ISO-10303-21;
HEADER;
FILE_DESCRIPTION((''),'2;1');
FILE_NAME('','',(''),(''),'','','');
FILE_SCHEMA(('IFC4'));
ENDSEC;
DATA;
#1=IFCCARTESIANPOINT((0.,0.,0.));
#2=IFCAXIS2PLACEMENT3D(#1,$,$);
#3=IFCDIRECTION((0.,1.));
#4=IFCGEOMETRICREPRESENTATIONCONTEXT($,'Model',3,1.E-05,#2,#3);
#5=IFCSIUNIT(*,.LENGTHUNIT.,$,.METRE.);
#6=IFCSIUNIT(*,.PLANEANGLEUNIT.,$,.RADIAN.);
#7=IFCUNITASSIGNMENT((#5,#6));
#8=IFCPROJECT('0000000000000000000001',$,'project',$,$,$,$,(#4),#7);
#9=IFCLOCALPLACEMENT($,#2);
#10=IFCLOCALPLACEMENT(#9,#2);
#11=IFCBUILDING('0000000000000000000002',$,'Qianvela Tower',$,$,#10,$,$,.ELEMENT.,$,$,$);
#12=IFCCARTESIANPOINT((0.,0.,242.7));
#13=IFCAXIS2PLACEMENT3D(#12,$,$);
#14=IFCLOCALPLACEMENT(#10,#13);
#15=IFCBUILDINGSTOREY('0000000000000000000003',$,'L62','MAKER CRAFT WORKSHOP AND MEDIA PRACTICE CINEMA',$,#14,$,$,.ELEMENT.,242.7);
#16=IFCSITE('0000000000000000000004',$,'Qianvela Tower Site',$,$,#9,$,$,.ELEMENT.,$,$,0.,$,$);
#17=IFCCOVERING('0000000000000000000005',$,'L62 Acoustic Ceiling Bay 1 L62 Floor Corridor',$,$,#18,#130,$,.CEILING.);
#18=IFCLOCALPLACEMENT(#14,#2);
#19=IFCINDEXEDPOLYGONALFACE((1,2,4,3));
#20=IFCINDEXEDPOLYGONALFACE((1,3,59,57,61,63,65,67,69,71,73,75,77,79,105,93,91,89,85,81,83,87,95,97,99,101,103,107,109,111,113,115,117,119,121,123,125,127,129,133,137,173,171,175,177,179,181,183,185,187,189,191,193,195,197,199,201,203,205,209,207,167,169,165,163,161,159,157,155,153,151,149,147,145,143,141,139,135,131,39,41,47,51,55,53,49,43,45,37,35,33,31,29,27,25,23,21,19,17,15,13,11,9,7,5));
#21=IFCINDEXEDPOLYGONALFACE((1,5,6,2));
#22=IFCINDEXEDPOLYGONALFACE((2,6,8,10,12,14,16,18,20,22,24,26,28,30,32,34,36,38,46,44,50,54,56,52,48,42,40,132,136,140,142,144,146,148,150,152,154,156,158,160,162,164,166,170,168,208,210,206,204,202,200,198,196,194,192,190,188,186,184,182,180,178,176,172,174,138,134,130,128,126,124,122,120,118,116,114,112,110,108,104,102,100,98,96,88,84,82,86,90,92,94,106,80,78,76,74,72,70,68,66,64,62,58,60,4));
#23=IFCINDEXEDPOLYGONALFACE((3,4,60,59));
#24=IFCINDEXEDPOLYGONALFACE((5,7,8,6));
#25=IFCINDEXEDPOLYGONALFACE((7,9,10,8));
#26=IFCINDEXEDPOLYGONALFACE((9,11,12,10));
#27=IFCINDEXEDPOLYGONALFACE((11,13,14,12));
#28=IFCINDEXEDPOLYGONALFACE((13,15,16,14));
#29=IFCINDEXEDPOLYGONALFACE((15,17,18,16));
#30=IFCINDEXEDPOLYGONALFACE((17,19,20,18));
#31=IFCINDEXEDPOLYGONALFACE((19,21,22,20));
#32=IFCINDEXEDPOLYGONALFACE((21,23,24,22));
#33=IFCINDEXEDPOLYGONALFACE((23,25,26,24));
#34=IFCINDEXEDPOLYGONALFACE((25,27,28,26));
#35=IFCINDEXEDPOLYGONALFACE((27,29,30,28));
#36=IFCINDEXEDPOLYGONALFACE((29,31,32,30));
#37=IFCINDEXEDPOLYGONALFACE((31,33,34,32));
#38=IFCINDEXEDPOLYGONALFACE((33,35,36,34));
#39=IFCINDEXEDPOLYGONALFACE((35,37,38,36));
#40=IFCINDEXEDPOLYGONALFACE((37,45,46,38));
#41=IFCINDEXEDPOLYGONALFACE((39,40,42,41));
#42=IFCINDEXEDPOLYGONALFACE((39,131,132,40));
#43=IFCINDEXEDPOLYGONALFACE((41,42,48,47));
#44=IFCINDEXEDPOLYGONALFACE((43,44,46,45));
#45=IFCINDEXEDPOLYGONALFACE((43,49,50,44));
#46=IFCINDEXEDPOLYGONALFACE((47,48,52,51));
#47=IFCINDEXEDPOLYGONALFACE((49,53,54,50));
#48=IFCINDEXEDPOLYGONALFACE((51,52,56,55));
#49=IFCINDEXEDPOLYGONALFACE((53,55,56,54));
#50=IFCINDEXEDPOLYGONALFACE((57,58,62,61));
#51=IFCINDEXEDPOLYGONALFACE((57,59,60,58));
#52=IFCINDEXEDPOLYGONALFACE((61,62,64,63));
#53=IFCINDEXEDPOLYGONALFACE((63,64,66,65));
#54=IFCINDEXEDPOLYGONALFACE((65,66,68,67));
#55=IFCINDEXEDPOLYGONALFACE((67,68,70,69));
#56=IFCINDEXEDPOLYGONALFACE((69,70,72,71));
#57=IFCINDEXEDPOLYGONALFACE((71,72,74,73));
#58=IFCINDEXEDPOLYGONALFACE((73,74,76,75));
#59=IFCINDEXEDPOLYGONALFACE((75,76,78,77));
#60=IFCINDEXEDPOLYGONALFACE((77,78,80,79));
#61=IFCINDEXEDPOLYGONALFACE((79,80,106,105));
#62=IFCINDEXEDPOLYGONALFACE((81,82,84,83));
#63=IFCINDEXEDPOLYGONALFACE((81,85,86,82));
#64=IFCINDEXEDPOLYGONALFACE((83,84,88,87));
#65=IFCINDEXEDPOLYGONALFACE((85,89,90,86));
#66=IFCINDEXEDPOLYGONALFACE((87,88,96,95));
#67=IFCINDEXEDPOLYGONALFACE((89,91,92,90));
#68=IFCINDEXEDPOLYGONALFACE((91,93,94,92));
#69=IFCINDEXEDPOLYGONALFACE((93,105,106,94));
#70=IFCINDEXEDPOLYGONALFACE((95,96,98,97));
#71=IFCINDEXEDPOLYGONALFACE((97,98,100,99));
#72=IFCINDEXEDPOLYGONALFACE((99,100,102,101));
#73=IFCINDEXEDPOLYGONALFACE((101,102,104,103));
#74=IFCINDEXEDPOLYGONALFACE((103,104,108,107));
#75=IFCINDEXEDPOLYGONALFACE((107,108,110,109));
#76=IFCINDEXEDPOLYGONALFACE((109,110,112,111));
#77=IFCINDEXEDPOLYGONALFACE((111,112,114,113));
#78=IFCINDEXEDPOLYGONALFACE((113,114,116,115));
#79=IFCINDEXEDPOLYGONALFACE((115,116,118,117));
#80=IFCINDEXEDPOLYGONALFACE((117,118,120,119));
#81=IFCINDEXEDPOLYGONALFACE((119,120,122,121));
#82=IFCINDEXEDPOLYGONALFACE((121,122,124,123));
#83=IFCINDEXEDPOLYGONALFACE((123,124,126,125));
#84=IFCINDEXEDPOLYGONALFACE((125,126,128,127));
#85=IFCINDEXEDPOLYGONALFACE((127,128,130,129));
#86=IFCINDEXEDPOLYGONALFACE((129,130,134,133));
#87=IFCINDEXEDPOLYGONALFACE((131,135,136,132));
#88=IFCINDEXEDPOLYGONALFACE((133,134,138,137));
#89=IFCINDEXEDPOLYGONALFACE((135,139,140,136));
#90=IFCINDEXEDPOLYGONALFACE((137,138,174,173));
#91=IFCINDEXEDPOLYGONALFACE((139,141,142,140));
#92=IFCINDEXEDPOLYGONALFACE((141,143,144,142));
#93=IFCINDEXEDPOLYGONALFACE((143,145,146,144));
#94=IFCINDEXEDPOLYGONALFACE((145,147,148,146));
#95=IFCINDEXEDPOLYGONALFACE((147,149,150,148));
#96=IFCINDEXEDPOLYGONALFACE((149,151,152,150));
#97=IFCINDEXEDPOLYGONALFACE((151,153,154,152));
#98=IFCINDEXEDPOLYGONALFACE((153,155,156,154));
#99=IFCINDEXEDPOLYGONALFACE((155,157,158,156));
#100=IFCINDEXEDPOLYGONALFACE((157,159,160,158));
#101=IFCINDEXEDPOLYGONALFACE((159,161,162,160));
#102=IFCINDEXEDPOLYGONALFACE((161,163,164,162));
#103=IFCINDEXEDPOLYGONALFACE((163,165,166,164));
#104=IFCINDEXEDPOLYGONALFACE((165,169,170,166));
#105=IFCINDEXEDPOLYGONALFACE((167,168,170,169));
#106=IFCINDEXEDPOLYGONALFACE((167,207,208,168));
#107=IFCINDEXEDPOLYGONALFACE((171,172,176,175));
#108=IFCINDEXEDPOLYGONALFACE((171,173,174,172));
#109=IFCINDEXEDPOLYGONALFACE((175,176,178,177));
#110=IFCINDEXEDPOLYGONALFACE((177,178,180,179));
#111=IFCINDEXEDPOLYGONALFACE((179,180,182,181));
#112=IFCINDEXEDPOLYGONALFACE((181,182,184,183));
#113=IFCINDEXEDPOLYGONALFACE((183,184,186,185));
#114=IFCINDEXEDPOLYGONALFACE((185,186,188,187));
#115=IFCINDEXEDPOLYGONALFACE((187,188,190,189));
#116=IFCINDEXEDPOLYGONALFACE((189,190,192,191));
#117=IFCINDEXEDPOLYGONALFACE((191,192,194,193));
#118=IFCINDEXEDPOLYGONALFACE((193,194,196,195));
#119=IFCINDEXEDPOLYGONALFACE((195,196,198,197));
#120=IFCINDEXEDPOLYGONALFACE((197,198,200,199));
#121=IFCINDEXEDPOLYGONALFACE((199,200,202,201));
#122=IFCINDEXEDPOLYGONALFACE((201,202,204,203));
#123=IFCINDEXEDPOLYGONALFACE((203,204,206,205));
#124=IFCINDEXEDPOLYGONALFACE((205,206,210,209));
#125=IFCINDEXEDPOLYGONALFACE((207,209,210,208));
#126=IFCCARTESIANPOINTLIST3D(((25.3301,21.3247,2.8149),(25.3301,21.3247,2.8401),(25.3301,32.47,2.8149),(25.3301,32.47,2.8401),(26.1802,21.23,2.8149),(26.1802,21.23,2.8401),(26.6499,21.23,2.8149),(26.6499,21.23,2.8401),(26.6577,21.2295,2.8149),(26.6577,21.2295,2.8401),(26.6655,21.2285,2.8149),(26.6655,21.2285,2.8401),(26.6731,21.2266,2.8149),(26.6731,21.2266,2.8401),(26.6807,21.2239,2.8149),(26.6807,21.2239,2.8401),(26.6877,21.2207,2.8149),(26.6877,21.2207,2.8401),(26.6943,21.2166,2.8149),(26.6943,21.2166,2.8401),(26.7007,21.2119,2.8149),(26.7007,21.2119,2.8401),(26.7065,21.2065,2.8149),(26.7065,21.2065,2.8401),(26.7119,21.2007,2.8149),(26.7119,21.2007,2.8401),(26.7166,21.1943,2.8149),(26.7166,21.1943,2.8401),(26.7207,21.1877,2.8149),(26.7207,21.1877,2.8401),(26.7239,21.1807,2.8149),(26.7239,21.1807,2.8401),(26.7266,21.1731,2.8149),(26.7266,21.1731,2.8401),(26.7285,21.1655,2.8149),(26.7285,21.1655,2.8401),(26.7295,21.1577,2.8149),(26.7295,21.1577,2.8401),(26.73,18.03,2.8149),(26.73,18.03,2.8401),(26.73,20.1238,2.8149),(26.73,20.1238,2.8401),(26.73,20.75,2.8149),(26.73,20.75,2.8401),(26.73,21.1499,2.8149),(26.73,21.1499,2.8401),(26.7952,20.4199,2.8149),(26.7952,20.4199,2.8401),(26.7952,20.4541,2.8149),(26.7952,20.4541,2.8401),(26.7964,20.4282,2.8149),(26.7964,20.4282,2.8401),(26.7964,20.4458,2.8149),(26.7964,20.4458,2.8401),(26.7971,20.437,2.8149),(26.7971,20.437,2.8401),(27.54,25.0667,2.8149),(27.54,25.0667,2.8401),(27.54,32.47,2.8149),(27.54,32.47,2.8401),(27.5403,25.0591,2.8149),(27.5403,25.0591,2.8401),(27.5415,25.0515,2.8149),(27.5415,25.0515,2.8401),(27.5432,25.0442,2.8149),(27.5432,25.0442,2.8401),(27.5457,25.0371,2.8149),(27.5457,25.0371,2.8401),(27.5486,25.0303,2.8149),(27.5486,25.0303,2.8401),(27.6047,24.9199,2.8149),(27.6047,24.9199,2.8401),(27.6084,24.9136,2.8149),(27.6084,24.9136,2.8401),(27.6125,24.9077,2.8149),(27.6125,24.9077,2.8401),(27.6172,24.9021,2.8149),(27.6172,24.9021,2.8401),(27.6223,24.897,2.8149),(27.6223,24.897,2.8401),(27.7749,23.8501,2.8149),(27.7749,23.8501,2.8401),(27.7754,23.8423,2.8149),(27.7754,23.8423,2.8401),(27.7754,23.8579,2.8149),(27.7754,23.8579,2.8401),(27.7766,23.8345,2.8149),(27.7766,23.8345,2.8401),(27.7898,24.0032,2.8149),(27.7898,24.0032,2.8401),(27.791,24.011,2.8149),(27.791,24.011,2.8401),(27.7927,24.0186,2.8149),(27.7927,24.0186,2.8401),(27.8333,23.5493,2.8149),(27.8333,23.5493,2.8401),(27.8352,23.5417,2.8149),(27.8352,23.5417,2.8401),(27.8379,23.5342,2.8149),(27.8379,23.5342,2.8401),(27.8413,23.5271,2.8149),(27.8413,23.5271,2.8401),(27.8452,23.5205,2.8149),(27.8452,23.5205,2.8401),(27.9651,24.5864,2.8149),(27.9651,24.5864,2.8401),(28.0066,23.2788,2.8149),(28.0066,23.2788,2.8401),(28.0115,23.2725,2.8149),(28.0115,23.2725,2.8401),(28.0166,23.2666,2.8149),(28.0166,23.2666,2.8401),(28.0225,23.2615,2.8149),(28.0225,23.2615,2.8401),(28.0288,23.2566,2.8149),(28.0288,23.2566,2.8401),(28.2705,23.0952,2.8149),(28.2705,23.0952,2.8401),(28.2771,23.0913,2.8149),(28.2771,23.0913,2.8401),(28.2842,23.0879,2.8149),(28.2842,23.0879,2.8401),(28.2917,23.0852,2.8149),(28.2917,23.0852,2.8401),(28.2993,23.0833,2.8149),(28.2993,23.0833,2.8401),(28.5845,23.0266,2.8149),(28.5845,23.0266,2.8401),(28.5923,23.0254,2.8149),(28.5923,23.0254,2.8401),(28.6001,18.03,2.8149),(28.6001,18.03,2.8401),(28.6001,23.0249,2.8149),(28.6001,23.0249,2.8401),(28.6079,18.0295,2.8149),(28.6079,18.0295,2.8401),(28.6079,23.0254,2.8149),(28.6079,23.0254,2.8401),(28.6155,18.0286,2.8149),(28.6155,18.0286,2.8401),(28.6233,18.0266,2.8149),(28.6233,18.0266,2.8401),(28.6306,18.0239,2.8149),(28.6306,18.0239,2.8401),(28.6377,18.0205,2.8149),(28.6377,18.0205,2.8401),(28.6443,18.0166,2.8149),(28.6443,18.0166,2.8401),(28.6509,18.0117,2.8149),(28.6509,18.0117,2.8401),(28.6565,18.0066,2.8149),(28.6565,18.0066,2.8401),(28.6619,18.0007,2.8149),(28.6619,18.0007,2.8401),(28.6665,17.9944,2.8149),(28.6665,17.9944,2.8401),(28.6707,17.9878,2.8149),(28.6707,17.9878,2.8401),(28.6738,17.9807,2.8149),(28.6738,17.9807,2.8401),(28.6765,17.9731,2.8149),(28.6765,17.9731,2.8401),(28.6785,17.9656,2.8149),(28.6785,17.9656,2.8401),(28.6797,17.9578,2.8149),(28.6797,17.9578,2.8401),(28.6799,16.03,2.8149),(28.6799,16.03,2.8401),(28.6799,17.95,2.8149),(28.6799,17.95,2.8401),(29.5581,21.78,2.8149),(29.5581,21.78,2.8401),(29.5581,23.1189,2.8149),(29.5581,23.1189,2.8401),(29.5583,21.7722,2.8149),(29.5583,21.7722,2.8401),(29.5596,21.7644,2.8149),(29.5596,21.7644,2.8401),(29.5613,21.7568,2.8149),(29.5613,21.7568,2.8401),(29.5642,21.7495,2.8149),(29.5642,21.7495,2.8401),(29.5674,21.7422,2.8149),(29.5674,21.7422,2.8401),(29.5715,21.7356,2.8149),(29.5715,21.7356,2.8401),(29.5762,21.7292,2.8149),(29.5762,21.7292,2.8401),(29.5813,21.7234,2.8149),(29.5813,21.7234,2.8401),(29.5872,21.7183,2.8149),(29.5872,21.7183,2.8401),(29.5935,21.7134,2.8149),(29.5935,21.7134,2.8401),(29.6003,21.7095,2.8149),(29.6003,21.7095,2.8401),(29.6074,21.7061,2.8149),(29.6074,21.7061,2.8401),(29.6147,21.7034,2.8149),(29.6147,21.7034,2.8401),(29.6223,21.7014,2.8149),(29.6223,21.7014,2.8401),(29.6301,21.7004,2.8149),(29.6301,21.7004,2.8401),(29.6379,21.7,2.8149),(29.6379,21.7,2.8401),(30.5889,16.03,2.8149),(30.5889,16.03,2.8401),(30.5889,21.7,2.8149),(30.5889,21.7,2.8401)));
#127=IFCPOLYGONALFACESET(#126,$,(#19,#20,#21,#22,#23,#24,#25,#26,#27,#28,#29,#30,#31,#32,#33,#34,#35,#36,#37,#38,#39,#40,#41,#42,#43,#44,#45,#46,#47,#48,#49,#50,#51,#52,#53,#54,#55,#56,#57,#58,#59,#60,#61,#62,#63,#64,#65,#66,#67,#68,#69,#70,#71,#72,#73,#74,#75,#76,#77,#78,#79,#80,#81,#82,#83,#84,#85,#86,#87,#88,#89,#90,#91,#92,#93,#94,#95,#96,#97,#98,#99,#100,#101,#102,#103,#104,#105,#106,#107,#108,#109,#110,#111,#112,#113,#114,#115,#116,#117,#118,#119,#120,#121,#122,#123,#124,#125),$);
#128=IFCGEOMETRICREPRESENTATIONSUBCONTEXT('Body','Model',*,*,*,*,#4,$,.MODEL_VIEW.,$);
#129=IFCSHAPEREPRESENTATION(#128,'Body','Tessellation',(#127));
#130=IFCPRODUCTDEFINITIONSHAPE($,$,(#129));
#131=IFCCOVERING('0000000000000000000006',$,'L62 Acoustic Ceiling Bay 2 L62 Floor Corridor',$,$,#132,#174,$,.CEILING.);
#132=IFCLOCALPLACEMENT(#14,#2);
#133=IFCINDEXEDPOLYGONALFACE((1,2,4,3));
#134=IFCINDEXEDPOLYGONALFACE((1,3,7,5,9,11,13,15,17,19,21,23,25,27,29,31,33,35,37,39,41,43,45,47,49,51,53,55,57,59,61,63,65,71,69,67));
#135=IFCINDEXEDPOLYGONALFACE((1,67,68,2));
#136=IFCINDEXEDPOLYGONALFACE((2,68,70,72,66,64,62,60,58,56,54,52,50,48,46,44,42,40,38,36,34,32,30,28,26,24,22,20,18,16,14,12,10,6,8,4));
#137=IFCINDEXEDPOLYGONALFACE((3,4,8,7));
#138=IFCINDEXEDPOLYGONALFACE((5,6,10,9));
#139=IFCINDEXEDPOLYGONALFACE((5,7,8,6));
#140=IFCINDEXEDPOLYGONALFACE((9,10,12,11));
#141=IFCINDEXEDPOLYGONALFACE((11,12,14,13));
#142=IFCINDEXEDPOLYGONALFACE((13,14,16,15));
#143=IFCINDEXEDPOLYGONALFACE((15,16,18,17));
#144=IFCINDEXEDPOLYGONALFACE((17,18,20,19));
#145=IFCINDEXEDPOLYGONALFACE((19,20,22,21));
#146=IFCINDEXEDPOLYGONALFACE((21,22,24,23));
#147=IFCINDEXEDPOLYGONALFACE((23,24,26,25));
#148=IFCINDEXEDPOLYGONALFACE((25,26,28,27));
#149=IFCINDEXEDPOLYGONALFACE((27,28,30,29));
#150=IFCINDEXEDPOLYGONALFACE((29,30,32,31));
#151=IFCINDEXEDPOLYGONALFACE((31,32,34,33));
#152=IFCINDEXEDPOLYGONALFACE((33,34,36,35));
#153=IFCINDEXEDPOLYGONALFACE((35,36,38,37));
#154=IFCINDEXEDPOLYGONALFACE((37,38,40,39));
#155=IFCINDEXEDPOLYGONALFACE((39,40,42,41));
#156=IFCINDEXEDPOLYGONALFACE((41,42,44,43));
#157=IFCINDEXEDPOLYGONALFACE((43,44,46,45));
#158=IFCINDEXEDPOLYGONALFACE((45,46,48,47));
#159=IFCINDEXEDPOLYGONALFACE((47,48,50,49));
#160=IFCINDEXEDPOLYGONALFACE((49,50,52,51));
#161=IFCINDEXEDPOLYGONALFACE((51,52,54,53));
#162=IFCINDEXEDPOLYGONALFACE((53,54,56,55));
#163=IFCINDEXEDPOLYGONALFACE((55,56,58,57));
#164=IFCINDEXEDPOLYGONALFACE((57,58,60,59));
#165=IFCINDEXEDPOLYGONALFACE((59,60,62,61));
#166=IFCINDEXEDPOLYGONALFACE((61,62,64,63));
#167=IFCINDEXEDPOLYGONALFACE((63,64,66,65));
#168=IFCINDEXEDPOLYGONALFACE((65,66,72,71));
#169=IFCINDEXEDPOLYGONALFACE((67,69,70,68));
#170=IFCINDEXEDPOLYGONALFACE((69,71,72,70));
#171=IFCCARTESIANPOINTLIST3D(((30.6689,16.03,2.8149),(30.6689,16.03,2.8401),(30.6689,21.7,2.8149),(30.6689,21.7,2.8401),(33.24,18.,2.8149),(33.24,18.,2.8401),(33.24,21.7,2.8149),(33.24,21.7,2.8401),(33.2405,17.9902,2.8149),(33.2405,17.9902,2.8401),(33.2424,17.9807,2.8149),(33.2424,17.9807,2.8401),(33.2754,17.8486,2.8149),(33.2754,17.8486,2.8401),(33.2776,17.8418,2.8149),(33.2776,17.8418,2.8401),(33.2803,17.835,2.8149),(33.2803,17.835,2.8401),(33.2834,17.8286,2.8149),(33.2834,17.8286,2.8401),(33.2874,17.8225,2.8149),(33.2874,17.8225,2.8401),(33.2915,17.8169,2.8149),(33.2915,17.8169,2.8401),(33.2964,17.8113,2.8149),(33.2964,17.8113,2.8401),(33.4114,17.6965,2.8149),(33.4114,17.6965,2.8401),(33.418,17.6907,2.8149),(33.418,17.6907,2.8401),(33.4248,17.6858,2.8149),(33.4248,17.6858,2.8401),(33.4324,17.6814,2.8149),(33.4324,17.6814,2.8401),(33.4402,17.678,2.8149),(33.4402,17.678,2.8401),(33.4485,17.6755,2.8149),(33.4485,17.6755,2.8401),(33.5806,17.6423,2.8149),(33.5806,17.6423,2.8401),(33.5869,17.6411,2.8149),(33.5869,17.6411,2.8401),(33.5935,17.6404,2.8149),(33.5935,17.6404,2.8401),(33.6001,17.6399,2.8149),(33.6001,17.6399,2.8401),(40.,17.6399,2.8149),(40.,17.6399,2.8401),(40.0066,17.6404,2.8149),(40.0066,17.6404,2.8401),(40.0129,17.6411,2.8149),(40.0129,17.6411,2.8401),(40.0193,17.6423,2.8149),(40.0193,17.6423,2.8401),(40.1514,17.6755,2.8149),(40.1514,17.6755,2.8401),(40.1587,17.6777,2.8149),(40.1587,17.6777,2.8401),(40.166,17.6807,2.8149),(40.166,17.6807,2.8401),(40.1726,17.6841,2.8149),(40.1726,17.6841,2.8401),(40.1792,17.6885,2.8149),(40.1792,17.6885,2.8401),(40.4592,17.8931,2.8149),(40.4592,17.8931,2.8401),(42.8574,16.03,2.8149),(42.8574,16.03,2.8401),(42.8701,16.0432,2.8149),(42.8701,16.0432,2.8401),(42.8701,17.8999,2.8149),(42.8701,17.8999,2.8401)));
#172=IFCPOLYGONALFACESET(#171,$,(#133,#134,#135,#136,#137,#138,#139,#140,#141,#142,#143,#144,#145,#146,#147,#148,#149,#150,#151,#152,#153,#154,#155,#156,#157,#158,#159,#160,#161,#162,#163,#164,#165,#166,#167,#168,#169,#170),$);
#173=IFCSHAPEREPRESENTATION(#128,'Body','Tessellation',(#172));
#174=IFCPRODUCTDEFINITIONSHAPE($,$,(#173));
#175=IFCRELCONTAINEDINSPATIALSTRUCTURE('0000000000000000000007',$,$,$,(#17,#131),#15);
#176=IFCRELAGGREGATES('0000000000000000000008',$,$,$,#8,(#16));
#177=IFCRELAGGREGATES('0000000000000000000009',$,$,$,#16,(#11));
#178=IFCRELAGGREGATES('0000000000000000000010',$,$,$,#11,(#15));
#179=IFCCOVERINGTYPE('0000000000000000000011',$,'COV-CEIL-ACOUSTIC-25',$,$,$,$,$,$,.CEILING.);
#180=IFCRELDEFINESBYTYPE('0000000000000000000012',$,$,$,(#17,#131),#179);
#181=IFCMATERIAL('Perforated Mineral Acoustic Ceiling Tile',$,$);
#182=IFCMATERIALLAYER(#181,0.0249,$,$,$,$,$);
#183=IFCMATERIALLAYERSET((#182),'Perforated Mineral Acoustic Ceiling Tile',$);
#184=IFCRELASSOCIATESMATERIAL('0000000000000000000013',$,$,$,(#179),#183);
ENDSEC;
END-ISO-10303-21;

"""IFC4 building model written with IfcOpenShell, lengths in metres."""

from ifc_helpers import new_model, si_unit, direction, frame, origin, place, context, subcontext, project, spatial, polyline, outline, extrude, material, layer, layer_set, type_object, element, save


model = new_model("IFC4")

# Units and contexts
model_context = context("Model", 3, precision=1e-05, world=origin(), true_north=direction((0.0, 1.0)))
body_context = subcontext(model_context, "Body", "Model", "MODEL_VIEW")
ifc_project = project(units=[si_unit("LENGTHUNIT", "METRE"), si_unit("PLANEANGLEUNIT", "RADIAN")], contexts=[model_context])

# Site, building, storey
site_placement = place(None, origin())
site = spatial("IfcSite", under=ifc_project, at=site_placement, Name="Qianvela Tower Site", CompositionType="ELEMENT", RefElevation=0.0)
building_placement = place(site_placement, origin())
building = spatial("IfcBuilding", under=site, at=building_placement, Name="Qianvela Tower", CompositionType="ELEMENT")
storey_placement = place(building_placement, frame((0.0, 0.0, 242.7)))
storey = spatial("IfcBuildingStorey", under=building, at=storey_placement, Name="L62", Description="MAKER CRAFT WORKSHOP AND MEDIA PRACTICE CINEMA", CompositionType="ELEMENT", Elevation=242.7)

# Coverings
ifc_material_1 = material(Name="Perforated Mineral Acoustic Ceiling Tile")
ifc_layer_1 = layer(ifc_material_1, 0.0249)
ifc_layer_set_1 = layer_set([ifc_layer_1], Name="Perforated Mineral Acoustic Ceiling Tile")
covering_type_1 = type_object("IfcCoveringType", Name="COV-CEIL-ACOUSTIC-25", PredefinedType="CEILING", material=ifc_layer_set_1)
covering_1_placement = place(storey_placement, frame((0.0, 0.0, 2.8149)))
element("IfcCovering", 1, at=covering_1_placement, inside=storey, type_object=covering_type_1, Name="L62 Acoustic Ceiling Bay 1 L62 Floor Corridor", PredefinedType="CEILING", context=body_context, shape_type="SweptSolid", body=[
    extrude(outline(polyline([(27.791, 24.011), (27.7898, 24.0032), (27.7754, 23.8579), (27.7749, 23.8501), (27.7754, 23.8423), (27.7766, 23.8345), (27.8333, 23.5493), (27.8352, 23.5417), (27.8379, 23.5342), (27.8413, 23.5271), (27.8452, 23.5205), (28.0066, 23.2788), (28.0115, 23.2725), (28.0166, 23.2666), (28.0225, 23.2615), (28.0288, 23.2566), (28.2705, 23.0952), (28.2771, 23.0913), (28.2842, 23.0879), (28.2917, 23.0852), (28.2993, 23.0833), (28.5845, 23.0266), (28.5923, 23.0254), (28.6001, 23.0249), (28.6079, 23.0254), (29.5581, 23.1189), (29.5581, 21.78), (29.5583, 21.7722), (29.5596, 21.7644), (29.5613, 21.7568), (29.5642, 21.7495), (29.5674, 21.7422), (29.5715, 21.7356), (29.5762, 21.7292), (29.5813, 21.7234), (29.5872, 21.7183), (29.5935, 21.7134), (29.6003, 21.7095), (29.6074, 21.7061), (29.6147, 21.7034), (29.6223, 21.7014), (29.6301, 21.7004), (29.6379, 21.7), (30.5889, 21.7), (30.5889, 16.03), (28.6799, 16.03), (28.6799, 17.95), (28.6797, 17.9578), (28.6785, 17.9656), (28.6765, 17.9731), (28.6738, 17.9807), (28.6707, 17.9878), (28.6665, 17.9944), (28.6619, 18.0007), (28.6565, 18.0066), (28.6509, 18.0117), (28.6443, 18.0166), (28.6377, 18.0205), (28.6306, 18.0239), (28.6233, 18.0266), (28.6155, 18.0286), (28.6079, 18.0295), (28.6001, 18.03), (26.73, 18.03), (26.73, 20.1238), (26.7952, 20.4199), (26.7964, 20.4282), (26.7971, 20.437), (26.7964, 20.4458), (26.7952, 20.4541), (26.73, 20.75), (26.73, 21.1499), (26.7295, 21.1577), (26.7285, 21.1655), (26.7266, 21.1731), (26.7239, 21.1807), (26.7207, 21.1877), (26.7166, 21.1943), (26.7119, 21.2007), (26.7065, 21.2065), (26.7007, 21.2119), (26.6943, 21.2166), (26.6877, 21.2207), (26.6807, 21.2239), (26.6731, 21.2266), (26.6655, 21.2285), (26.6577, 21.2295), (26.6499, 21.23), (26.1802, 21.23), (25.3301, 21.3247), (25.3301, 32.47), (27.54, 32.47), (27.54, 25.0667), (27.5403, 25.0591), (27.5415, 25.0515), (27.5432, 25.0442), (27.5457, 25.0371), (27.5486, 25.0303), (27.6047, 24.9199), (27.6084, 24.9136), (27.6125, 24.9077), (27.6172, 24.9021), (27.6223, 24.897), (27.9651, 24.5864), (27.7927, 24.0186), (27.791, 24.011)])), origin(), (0.0, 0.0, 1.0), 0.0251),
])
covering_2_placement = place(storey_placement, frame((0.0, 0.0, 2.8149)))
element("IfcCovering", 2, at=covering_2_placement, inside=storey, type_object=covering_type_1, Name="L62 Acoustic Ceiling Bay 2 L62 Floor Corridor", PredefinedType="CEILING", context=body_context, shape_type="SweptSolid", body=[
    extrude(outline(polyline([(33.24, 21.7), (33.24, 18.0), (33.2405, 17.9902), (33.2424, 17.9807), (33.2754, 17.8486), (33.2776, 17.8418), (33.2803, 17.835), (33.2834, 17.8286), (33.2874, 17.8225), (33.2915, 17.8169), (33.2964, 17.8113), (33.4114, 17.6965), (33.418, 17.6907), (33.4248, 17.6858), (33.4324, 17.6814), (33.4402, 17.678), (33.4485, 17.6755), (33.5806, 17.6423), (33.5869, 17.6411), (33.5935, 17.6404), (33.6001, 17.6399), (40.0, 17.6399), (40.0066, 17.6404), (40.0129, 17.6411), (40.0193, 17.6423), (40.1514, 17.6755), (40.1587, 17.6777), (40.166, 17.6807), (40.1726, 17.6841), (40.1792, 17.6885), (40.4592, 17.8931), (42.8701, 17.8999), (42.8701, 16.0432), (42.8574, 16.03), (30.6689, 16.03), (30.6689, 21.7), (33.24, 21.7)])), origin(), (0.0, 0.0, 1.0), 0.0251),
])

save(model, "model.ifc")
